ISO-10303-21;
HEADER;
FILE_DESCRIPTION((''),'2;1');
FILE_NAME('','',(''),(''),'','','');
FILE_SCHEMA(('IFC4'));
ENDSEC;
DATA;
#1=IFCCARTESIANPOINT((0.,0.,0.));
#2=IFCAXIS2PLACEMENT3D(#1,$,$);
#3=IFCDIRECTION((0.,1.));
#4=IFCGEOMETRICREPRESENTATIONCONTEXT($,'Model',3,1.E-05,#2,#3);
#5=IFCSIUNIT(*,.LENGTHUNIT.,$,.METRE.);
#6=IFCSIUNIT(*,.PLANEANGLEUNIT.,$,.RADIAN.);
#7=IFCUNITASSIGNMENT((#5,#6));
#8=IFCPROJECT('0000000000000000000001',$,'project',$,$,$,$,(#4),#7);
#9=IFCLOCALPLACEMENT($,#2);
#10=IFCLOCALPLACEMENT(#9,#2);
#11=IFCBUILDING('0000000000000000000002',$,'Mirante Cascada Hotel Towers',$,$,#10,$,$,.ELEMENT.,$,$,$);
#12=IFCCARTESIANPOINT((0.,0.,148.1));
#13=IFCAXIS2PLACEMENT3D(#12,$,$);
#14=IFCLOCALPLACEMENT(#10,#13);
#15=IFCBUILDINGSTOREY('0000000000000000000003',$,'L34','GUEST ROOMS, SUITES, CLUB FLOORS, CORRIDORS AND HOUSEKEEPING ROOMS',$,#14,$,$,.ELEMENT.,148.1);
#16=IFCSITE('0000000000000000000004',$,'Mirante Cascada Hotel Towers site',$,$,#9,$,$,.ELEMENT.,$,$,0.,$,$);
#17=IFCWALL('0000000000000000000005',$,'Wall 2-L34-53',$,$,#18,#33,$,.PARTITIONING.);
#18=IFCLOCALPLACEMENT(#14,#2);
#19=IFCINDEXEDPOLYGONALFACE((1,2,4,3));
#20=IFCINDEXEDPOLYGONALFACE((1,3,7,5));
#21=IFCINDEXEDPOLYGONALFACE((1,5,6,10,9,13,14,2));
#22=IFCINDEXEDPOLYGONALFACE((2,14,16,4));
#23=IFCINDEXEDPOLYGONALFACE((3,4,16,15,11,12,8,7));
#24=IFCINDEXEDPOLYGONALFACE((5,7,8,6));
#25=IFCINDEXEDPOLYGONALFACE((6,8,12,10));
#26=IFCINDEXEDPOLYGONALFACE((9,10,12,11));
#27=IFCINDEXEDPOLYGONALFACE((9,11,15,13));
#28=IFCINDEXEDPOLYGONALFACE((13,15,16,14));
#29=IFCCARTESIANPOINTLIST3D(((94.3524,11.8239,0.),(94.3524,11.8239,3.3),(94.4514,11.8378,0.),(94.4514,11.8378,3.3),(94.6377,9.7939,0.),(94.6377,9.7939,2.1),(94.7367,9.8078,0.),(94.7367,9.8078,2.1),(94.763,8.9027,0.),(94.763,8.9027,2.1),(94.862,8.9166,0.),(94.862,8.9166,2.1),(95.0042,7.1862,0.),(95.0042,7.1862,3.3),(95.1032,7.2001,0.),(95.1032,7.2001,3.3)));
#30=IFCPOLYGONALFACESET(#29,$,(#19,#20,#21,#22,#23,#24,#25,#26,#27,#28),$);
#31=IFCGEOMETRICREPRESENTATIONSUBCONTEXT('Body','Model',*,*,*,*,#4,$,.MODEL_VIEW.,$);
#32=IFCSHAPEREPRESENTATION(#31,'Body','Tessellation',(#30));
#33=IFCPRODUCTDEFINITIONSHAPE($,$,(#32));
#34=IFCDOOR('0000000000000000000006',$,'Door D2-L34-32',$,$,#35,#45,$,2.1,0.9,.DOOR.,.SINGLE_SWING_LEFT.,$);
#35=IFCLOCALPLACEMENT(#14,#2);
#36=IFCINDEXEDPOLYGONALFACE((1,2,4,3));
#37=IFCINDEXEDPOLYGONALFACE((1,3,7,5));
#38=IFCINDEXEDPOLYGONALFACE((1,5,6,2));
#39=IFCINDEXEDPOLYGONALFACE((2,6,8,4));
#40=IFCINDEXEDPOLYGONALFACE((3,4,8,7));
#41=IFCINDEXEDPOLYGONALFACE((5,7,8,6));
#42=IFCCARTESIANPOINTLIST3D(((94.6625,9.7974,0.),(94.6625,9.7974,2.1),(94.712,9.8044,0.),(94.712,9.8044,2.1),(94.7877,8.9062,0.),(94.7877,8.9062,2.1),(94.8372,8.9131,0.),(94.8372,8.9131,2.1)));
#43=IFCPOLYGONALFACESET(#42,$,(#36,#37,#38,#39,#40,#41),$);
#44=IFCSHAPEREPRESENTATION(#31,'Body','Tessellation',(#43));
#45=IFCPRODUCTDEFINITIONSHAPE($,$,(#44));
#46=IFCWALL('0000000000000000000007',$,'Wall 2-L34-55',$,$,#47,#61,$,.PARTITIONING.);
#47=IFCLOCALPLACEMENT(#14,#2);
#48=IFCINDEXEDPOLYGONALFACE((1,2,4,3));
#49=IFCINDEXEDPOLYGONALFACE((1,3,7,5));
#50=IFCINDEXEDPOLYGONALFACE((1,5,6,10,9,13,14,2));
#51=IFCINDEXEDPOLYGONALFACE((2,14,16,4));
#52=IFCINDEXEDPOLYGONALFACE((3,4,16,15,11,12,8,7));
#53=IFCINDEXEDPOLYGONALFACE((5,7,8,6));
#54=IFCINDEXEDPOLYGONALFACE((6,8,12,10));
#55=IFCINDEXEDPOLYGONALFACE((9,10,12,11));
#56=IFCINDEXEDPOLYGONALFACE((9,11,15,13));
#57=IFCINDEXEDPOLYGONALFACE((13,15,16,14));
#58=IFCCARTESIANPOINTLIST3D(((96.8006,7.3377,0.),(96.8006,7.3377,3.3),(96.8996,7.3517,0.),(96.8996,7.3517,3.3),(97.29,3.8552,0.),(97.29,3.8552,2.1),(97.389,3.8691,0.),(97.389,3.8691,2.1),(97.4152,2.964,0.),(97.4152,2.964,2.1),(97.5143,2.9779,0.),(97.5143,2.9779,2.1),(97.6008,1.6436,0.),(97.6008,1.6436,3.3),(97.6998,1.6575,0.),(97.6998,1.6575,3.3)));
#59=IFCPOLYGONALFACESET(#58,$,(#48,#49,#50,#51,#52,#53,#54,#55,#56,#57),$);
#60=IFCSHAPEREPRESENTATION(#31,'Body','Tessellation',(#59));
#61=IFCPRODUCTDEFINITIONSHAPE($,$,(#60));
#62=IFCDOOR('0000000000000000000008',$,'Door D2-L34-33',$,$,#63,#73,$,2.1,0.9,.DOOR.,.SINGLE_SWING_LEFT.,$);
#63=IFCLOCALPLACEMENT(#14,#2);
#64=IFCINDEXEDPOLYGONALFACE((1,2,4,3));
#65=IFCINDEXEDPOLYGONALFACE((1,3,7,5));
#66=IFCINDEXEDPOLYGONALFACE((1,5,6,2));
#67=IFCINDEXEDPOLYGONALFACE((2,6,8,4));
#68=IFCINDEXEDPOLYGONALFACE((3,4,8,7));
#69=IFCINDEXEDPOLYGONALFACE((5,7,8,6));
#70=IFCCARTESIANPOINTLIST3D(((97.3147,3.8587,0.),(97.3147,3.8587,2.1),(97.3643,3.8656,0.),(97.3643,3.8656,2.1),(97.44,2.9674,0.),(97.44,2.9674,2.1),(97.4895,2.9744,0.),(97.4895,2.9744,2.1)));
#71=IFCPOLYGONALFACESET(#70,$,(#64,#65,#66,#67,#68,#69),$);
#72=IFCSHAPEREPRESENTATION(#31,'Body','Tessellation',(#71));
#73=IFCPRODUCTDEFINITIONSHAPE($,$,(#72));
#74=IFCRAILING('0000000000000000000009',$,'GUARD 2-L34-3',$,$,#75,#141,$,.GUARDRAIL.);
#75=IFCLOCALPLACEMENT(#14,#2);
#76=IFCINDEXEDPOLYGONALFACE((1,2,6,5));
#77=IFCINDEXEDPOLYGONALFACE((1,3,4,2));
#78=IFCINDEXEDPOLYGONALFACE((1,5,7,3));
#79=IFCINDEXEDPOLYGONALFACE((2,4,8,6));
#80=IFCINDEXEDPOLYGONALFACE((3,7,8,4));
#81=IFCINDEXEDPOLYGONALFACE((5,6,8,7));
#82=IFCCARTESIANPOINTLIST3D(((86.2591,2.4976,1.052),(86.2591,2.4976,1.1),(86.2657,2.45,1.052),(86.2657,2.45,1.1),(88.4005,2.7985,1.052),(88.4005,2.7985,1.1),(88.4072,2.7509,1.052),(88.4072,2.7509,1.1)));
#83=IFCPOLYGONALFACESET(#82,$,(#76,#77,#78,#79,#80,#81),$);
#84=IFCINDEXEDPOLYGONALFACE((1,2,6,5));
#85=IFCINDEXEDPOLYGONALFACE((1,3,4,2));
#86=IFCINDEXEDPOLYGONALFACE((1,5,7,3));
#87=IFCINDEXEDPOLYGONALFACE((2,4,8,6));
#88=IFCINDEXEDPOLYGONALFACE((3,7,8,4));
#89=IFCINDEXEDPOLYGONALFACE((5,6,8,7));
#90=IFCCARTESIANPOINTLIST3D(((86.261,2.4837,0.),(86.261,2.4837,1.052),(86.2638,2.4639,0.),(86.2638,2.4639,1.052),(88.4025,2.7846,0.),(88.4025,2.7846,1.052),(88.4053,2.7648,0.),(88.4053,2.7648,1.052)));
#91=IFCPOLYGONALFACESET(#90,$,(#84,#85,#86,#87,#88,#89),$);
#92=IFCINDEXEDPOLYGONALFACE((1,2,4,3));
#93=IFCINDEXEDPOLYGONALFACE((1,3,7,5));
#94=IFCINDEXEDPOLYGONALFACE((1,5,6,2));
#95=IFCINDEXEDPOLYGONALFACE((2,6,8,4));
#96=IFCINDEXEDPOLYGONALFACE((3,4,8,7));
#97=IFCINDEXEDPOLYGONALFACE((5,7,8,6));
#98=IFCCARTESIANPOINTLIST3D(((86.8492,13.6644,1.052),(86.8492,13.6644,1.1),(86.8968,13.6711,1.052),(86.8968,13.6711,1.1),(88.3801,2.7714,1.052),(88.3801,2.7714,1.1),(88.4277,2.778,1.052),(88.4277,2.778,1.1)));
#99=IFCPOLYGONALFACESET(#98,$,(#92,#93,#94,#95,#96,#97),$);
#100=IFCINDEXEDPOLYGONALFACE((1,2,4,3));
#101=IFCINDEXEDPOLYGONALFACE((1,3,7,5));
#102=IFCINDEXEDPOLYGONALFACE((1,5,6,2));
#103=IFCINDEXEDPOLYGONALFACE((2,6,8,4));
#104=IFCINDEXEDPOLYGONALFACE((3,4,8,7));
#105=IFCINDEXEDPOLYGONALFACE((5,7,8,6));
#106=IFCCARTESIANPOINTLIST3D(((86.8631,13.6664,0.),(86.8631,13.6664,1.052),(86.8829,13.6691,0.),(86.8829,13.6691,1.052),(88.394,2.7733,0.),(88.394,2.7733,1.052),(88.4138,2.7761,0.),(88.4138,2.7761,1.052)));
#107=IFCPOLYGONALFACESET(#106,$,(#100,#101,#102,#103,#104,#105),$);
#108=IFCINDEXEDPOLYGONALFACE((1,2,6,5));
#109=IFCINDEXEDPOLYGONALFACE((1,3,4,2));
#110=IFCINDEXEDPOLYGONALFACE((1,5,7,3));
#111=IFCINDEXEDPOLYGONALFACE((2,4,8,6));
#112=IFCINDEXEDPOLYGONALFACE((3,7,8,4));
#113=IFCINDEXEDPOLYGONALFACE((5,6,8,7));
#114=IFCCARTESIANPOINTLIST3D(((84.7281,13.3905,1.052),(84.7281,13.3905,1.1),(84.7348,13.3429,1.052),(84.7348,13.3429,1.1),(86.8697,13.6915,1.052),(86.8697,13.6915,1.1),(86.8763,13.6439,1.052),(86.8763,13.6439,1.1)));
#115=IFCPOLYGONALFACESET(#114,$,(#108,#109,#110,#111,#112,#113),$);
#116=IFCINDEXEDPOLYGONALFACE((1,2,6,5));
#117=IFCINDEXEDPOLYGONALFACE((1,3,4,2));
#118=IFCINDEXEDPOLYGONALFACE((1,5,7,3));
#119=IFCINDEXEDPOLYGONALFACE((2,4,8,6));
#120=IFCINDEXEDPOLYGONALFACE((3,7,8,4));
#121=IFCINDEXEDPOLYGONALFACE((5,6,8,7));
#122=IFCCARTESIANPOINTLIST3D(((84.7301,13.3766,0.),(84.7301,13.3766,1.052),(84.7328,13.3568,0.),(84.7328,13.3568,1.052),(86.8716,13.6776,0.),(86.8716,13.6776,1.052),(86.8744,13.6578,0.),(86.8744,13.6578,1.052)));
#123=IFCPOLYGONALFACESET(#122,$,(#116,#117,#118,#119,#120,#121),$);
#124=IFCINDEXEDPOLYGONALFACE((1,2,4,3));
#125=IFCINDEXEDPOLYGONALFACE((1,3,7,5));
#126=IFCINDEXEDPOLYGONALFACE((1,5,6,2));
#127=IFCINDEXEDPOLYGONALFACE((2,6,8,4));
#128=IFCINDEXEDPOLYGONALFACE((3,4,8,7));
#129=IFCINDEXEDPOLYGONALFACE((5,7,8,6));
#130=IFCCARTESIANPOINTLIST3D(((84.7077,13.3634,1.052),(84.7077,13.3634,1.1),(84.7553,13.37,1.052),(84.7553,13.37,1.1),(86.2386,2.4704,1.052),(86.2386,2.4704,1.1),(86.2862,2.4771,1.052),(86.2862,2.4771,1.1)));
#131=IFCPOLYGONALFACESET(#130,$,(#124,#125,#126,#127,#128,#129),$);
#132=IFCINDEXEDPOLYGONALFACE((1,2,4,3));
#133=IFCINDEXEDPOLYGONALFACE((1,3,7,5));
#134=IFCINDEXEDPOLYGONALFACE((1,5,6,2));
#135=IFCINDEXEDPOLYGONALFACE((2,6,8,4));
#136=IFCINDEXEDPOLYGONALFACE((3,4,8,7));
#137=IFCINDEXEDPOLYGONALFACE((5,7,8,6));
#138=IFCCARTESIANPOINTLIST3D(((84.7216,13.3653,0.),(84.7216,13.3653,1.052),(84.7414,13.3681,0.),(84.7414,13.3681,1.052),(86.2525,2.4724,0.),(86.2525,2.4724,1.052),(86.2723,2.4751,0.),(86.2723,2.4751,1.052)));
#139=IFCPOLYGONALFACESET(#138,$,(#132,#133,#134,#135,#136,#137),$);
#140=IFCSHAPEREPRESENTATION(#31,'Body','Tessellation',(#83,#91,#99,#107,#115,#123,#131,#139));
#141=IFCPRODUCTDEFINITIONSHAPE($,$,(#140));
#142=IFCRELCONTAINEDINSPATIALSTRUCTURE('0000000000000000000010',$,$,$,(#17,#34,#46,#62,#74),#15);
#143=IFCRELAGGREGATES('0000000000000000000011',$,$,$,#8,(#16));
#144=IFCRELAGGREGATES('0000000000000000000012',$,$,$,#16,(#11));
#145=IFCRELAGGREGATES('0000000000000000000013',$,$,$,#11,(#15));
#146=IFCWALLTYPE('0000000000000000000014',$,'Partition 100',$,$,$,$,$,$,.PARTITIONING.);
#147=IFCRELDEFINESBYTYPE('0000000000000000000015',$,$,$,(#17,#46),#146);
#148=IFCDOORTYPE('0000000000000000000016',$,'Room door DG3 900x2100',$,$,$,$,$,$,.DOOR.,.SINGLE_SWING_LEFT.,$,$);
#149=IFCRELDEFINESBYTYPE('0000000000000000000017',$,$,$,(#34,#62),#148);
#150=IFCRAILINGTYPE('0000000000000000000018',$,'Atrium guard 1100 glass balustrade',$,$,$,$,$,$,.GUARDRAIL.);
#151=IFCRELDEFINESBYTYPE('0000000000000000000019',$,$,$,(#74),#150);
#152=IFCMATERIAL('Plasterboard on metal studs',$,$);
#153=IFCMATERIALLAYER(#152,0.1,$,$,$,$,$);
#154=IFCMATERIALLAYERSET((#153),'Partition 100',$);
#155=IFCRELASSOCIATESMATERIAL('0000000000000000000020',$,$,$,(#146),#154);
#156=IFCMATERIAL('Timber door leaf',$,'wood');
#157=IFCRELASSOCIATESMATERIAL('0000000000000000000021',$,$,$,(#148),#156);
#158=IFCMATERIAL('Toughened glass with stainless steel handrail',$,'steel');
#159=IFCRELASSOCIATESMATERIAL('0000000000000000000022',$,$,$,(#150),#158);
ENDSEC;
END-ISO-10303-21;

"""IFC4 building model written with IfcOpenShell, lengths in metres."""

from ifc_helpers import new_model, si_unit, direction, frame, frame_2d, origin, origin_2d, place, context, subcontext, project, spatial, rectangle, extrude, material, layer, layer_set, type_object, element, fill, save


model = new_model("IFC4")

# Units and contexts
model_context = context("Model", 3, precision=1e-05, world=origin(), true_north=direction((0.0, 1.0)))
body_context = subcontext(model_context, "Body", "Model", "MODEL_VIEW")
ifc_project = project(units=[si_unit("LENGTHUNIT", "METRE"), si_unit("PLANEANGLEUNIT", "RADIAN")], contexts=[model_context])

# Site, building, storey
site_placement = place(None, origin())
site = spatial("IfcSite", under=ifc_project, at=site_placement, Name="Mirante Cascada Hotel Towers site", CompositionType="ELEMENT", RefElevation=0.0)
building_placement = place(site_placement, origin())
building = spatial("IfcBuilding", under=site, at=building_placement, Name="Mirante Cascada Hotel Towers", CompositionType="ELEMENT")
storey_placement = place(building_placement, frame((0.0, 0.0, 148.1)))
storey = spatial("IfcBuildingStorey", under=building, at=storey_placement, Name="L34", Description="GUEST ROOMS, SUITES, CLUB FLOORS, CORRIDORS AND HOUSEKEEPING ROOMS", CompositionType="ELEMENT", Elevation=148.1)

# Shared definitions
ifc_material_1 = material(Name="Plasterboard on metal studs")
ifc_layer_1 = layer(ifc_material_1, 0.1)
ifc_layer_set_1 = layer_set([ifc_layer_1], Name="Partition 100")
wall_type_1 = type_object("IfcWallType", Name="Partition 100", PredefinedType="PARTITIONING", material=ifc_layer_set_1)

# Walls, openings, doors
wall_1_placement = place(storey_placement, frame((95.0537, 7.1932, 0.0), z_axis=(0.0, 0.0, 1.0), x_axis=(-0.139176, 0.990268, 0.0)))
wall_1 = element("IfcWall", 1, at=wall_1_placement, inside=storey, type_object=wall_type_1, Name="Wall 2-L34-53", PredefinedType="PARTITIONING", context=body_context, shape_type="SweptSolid", body=[
    extrude(rectangle(XDim=4.6833, YDim=0.1, at=frame_2d((2.3416, 0.0))), origin(), (0.0, 0.0, 1.0), 3.3),
])
opening_1_placement = place(wall_1_placement, frame((1.7333, 0.0, 0.0)))
opening_1 = element("IfcOpeningElement", 2, at=opening_1_placement, cuts=wall_1, PredefinedType="OPENING", context=body_context, shape_type="SweptSolid", body=[
    extrude(rectangle(XDim=0.9, YDim=2.1, at=frame_2d((0.45, 1.05))), frame((0.0, 0.05, 0.0), z_axis=(0.0, -1.0, 0.0), x_axis=(1.0, 0.0, 0.0)), (0.0, 0.0, 1.0), 0.1),
])
ifc_material_2 = material(Name="Timber door leaf", Category="wood")
door_type_1 = type_object("IfcDoorType", Name="Room door DG3 900x2100", OperationType="SINGLE_SWING_LEFT", PredefinedType="DOOR", material=ifc_material_2)
door_1_placement = place(opening_1_placement, origin())
door_1 = element("IfcDoor", 3, at=door_1_placement, inside=storey, type_object=door_type_1, Name="Door D2-L34-32", OperationType="SINGLE_SWING_LEFT", OverallHeight=2.1, OverallWidth=0.9, PredefinedType="DOOR", context=body_context, shape_type="SweptSolid", body=[
    extrude(rectangle(XDim=0.9, YDim=2.1, at=frame_2d((0.45, 1.05))), frame((0.0, 0.025, 0.0), z_axis=(0.0, -1.0, 0.0), x_axis=(1.0, 0.0, 0.0)), (0.0, 0.0, 1.0), 0.05),
])
fill(opening_1, door_1)
wall_2_placement = place(storey_placement, frame((97.6503, 1.6506, 0.0), z_axis=(0.0, 0.0, 1.0), x_axis=(-0.139164, 0.990269, 0.0)))
wall_2 = element("IfcWall", 4, at=wall_2_placement, inside=storey, type_object=wall_type_1, Name="Wall 2-L34-55", PredefinedType="PARTITIONING", context=body_context, shape_type="SweptSolid", body=[
    extrude(rectangle(XDim=5.7501, YDim=0.1, at=frame_2d((2.875, 0.0))), origin(), (0.0, 0.0, 1.0), 3.3),
])
opening_2_placement = place(wall_2_placement, frame((1.3333, 0.0, 0.0)))
opening_2 = element("IfcOpeningElement", 5, at=opening_2_placement, cuts=wall_2, PredefinedType="OPENING", context=body_context, shape_type="SweptSolid", body=[
    extrude(rectangle(XDim=0.9, YDim=2.1, at=frame_2d((0.45, 1.05))), frame((0.0, 0.05, 0.0), z_axis=(0.0, -1.0, 0.0), x_axis=(1.0, 0.0, 0.0)), (0.0, 0.0, 1.0), 0.1),
])
door_2_placement = place(opening_2_placement, origin())
door_2 = element("IfcDoor", 6, at=door_2_placement, inside=storey, type_object=door_type_1, Name="Door D2-L34-33", OperationType="SINGLE_SWING_LEFT", OverallHeight=2.1, OverallWidth=0.9, PredefinedType="DOOR", context=body_context, shape_type="SweptSolid", body=[
    extrude(rectangle(XDim=0.9, YDim=2.1, at=frame_2d((0.45, 1.05))), frame((0.0, 0.025, 0.0), z_axis=(0.0, -1.0, 0.0), x_axis=(1.0, 0.0, 0.0)), (0.0, 0.0, 1.0), 0.05),
])
fill(opening_2, door_2)

# Railing
ifc_material_3 = material(Name="Toughened glass with stainless steel handrail", Category="steel")
railing_type_1 = type_object("IfcRailingType", Name="Atrium guard 1100 glass balustrade", PredefinedType="GUARDRAIL", material=ifc_material_3)
railing_1_placement = place(storey_placement, frame((86.2624, 2.4738, 0.0)))
element("IfcRailing", 7, at=railing_1_placement, inside=storey, type_object=railing_type_1, Name="GUARD 2-L34-3", PredefinedType="GUARDRAIL", context=body_context, shape_type="SweptSolid", body=[
    extrude(rectangle(XDim=0.048, YDim=0.048, at=origin_2d()), frame((0.0, 0.0, 1.076), z_axis=(0.990272, 0.139142, 0.0), x_axis=(-0.139142, 0.990272, 0.0)), (0.0, 0.0, 1.0), 2.1625),
    extrude(rectangle(XDim=0.02, YDim=1.052, at=origin_2d()), frame((0.0, 0.0, 0.526), z_axis=(0.990272, 0.139142, 0.0), x_axis=(-0.139142, 0.990272, 0.0)), (0.0, 0.0, 1.0), 2.1625),
    extrude(rectangle(XDim=0.048, YDim=0.048, at=origin_2d()), frame((2.1415, 0.3009, 1.076), z_axis=(-0.139172, 0.990268, 0.0), x_axis=(-0.990268, -0.139172, 0.0)), (0.0, 0.0, 1.0), 11.0001),
    extrude(rectangle(XDim=0.02, YDim=1.052, at=origin_2d()), frame((2.1415, 0.3009, 0.526), z_axis=(-0.139172, 0.990268, 0.0), x_axis=(-0.990268, -0.139172, 0.0)), (0.0, 0.0, 1.0), 11.0001),
    extrude(rectangle(XDim=0.048, YDim=0.048, at=origin_2d()), frame((0.6106, 11.1939, 1.076), z_axis=(-0.990266, -0.139187, 0.0), x_axis=(0.139187, -0.990266, 0.0)), (0.0, 0.0, 1.0), 2.1626),
    extrude(rectangle(XDim=0.02, YDim=1.052, at=origin_2d()), frame((0.6106, 11.1939, 0.526), z_axis=(-0.990266, -0.139187, 0.0), x_axis=(0.139187, -0.990266, 0.0)), (0.0, 0.0, 1.0), 2.1626),
    extrude(rectangle(XDim=0.048, YDim=0.048, at=origin_2d()), frame((-1.5309, 10.8929, 1.076), z_axis=(0.139173, -0.990268, 0.0), x_axis=(0.990268, 0.139173, 0.0)), (0.0, 0.0, 1.0), 11.0),
    extrude(rectangle(XDim=0.02, YDim=1.052, at=origin_2d()), frame((-1.5309, 10.8929, 0.526), z_axis=(0.139173, -0.990268, 0.0), x_axis=(0.990268, 0.139173, 0.0)), (0.0, 0.0, 1.0), 11.0),
])

save(model, "model.ifc")
